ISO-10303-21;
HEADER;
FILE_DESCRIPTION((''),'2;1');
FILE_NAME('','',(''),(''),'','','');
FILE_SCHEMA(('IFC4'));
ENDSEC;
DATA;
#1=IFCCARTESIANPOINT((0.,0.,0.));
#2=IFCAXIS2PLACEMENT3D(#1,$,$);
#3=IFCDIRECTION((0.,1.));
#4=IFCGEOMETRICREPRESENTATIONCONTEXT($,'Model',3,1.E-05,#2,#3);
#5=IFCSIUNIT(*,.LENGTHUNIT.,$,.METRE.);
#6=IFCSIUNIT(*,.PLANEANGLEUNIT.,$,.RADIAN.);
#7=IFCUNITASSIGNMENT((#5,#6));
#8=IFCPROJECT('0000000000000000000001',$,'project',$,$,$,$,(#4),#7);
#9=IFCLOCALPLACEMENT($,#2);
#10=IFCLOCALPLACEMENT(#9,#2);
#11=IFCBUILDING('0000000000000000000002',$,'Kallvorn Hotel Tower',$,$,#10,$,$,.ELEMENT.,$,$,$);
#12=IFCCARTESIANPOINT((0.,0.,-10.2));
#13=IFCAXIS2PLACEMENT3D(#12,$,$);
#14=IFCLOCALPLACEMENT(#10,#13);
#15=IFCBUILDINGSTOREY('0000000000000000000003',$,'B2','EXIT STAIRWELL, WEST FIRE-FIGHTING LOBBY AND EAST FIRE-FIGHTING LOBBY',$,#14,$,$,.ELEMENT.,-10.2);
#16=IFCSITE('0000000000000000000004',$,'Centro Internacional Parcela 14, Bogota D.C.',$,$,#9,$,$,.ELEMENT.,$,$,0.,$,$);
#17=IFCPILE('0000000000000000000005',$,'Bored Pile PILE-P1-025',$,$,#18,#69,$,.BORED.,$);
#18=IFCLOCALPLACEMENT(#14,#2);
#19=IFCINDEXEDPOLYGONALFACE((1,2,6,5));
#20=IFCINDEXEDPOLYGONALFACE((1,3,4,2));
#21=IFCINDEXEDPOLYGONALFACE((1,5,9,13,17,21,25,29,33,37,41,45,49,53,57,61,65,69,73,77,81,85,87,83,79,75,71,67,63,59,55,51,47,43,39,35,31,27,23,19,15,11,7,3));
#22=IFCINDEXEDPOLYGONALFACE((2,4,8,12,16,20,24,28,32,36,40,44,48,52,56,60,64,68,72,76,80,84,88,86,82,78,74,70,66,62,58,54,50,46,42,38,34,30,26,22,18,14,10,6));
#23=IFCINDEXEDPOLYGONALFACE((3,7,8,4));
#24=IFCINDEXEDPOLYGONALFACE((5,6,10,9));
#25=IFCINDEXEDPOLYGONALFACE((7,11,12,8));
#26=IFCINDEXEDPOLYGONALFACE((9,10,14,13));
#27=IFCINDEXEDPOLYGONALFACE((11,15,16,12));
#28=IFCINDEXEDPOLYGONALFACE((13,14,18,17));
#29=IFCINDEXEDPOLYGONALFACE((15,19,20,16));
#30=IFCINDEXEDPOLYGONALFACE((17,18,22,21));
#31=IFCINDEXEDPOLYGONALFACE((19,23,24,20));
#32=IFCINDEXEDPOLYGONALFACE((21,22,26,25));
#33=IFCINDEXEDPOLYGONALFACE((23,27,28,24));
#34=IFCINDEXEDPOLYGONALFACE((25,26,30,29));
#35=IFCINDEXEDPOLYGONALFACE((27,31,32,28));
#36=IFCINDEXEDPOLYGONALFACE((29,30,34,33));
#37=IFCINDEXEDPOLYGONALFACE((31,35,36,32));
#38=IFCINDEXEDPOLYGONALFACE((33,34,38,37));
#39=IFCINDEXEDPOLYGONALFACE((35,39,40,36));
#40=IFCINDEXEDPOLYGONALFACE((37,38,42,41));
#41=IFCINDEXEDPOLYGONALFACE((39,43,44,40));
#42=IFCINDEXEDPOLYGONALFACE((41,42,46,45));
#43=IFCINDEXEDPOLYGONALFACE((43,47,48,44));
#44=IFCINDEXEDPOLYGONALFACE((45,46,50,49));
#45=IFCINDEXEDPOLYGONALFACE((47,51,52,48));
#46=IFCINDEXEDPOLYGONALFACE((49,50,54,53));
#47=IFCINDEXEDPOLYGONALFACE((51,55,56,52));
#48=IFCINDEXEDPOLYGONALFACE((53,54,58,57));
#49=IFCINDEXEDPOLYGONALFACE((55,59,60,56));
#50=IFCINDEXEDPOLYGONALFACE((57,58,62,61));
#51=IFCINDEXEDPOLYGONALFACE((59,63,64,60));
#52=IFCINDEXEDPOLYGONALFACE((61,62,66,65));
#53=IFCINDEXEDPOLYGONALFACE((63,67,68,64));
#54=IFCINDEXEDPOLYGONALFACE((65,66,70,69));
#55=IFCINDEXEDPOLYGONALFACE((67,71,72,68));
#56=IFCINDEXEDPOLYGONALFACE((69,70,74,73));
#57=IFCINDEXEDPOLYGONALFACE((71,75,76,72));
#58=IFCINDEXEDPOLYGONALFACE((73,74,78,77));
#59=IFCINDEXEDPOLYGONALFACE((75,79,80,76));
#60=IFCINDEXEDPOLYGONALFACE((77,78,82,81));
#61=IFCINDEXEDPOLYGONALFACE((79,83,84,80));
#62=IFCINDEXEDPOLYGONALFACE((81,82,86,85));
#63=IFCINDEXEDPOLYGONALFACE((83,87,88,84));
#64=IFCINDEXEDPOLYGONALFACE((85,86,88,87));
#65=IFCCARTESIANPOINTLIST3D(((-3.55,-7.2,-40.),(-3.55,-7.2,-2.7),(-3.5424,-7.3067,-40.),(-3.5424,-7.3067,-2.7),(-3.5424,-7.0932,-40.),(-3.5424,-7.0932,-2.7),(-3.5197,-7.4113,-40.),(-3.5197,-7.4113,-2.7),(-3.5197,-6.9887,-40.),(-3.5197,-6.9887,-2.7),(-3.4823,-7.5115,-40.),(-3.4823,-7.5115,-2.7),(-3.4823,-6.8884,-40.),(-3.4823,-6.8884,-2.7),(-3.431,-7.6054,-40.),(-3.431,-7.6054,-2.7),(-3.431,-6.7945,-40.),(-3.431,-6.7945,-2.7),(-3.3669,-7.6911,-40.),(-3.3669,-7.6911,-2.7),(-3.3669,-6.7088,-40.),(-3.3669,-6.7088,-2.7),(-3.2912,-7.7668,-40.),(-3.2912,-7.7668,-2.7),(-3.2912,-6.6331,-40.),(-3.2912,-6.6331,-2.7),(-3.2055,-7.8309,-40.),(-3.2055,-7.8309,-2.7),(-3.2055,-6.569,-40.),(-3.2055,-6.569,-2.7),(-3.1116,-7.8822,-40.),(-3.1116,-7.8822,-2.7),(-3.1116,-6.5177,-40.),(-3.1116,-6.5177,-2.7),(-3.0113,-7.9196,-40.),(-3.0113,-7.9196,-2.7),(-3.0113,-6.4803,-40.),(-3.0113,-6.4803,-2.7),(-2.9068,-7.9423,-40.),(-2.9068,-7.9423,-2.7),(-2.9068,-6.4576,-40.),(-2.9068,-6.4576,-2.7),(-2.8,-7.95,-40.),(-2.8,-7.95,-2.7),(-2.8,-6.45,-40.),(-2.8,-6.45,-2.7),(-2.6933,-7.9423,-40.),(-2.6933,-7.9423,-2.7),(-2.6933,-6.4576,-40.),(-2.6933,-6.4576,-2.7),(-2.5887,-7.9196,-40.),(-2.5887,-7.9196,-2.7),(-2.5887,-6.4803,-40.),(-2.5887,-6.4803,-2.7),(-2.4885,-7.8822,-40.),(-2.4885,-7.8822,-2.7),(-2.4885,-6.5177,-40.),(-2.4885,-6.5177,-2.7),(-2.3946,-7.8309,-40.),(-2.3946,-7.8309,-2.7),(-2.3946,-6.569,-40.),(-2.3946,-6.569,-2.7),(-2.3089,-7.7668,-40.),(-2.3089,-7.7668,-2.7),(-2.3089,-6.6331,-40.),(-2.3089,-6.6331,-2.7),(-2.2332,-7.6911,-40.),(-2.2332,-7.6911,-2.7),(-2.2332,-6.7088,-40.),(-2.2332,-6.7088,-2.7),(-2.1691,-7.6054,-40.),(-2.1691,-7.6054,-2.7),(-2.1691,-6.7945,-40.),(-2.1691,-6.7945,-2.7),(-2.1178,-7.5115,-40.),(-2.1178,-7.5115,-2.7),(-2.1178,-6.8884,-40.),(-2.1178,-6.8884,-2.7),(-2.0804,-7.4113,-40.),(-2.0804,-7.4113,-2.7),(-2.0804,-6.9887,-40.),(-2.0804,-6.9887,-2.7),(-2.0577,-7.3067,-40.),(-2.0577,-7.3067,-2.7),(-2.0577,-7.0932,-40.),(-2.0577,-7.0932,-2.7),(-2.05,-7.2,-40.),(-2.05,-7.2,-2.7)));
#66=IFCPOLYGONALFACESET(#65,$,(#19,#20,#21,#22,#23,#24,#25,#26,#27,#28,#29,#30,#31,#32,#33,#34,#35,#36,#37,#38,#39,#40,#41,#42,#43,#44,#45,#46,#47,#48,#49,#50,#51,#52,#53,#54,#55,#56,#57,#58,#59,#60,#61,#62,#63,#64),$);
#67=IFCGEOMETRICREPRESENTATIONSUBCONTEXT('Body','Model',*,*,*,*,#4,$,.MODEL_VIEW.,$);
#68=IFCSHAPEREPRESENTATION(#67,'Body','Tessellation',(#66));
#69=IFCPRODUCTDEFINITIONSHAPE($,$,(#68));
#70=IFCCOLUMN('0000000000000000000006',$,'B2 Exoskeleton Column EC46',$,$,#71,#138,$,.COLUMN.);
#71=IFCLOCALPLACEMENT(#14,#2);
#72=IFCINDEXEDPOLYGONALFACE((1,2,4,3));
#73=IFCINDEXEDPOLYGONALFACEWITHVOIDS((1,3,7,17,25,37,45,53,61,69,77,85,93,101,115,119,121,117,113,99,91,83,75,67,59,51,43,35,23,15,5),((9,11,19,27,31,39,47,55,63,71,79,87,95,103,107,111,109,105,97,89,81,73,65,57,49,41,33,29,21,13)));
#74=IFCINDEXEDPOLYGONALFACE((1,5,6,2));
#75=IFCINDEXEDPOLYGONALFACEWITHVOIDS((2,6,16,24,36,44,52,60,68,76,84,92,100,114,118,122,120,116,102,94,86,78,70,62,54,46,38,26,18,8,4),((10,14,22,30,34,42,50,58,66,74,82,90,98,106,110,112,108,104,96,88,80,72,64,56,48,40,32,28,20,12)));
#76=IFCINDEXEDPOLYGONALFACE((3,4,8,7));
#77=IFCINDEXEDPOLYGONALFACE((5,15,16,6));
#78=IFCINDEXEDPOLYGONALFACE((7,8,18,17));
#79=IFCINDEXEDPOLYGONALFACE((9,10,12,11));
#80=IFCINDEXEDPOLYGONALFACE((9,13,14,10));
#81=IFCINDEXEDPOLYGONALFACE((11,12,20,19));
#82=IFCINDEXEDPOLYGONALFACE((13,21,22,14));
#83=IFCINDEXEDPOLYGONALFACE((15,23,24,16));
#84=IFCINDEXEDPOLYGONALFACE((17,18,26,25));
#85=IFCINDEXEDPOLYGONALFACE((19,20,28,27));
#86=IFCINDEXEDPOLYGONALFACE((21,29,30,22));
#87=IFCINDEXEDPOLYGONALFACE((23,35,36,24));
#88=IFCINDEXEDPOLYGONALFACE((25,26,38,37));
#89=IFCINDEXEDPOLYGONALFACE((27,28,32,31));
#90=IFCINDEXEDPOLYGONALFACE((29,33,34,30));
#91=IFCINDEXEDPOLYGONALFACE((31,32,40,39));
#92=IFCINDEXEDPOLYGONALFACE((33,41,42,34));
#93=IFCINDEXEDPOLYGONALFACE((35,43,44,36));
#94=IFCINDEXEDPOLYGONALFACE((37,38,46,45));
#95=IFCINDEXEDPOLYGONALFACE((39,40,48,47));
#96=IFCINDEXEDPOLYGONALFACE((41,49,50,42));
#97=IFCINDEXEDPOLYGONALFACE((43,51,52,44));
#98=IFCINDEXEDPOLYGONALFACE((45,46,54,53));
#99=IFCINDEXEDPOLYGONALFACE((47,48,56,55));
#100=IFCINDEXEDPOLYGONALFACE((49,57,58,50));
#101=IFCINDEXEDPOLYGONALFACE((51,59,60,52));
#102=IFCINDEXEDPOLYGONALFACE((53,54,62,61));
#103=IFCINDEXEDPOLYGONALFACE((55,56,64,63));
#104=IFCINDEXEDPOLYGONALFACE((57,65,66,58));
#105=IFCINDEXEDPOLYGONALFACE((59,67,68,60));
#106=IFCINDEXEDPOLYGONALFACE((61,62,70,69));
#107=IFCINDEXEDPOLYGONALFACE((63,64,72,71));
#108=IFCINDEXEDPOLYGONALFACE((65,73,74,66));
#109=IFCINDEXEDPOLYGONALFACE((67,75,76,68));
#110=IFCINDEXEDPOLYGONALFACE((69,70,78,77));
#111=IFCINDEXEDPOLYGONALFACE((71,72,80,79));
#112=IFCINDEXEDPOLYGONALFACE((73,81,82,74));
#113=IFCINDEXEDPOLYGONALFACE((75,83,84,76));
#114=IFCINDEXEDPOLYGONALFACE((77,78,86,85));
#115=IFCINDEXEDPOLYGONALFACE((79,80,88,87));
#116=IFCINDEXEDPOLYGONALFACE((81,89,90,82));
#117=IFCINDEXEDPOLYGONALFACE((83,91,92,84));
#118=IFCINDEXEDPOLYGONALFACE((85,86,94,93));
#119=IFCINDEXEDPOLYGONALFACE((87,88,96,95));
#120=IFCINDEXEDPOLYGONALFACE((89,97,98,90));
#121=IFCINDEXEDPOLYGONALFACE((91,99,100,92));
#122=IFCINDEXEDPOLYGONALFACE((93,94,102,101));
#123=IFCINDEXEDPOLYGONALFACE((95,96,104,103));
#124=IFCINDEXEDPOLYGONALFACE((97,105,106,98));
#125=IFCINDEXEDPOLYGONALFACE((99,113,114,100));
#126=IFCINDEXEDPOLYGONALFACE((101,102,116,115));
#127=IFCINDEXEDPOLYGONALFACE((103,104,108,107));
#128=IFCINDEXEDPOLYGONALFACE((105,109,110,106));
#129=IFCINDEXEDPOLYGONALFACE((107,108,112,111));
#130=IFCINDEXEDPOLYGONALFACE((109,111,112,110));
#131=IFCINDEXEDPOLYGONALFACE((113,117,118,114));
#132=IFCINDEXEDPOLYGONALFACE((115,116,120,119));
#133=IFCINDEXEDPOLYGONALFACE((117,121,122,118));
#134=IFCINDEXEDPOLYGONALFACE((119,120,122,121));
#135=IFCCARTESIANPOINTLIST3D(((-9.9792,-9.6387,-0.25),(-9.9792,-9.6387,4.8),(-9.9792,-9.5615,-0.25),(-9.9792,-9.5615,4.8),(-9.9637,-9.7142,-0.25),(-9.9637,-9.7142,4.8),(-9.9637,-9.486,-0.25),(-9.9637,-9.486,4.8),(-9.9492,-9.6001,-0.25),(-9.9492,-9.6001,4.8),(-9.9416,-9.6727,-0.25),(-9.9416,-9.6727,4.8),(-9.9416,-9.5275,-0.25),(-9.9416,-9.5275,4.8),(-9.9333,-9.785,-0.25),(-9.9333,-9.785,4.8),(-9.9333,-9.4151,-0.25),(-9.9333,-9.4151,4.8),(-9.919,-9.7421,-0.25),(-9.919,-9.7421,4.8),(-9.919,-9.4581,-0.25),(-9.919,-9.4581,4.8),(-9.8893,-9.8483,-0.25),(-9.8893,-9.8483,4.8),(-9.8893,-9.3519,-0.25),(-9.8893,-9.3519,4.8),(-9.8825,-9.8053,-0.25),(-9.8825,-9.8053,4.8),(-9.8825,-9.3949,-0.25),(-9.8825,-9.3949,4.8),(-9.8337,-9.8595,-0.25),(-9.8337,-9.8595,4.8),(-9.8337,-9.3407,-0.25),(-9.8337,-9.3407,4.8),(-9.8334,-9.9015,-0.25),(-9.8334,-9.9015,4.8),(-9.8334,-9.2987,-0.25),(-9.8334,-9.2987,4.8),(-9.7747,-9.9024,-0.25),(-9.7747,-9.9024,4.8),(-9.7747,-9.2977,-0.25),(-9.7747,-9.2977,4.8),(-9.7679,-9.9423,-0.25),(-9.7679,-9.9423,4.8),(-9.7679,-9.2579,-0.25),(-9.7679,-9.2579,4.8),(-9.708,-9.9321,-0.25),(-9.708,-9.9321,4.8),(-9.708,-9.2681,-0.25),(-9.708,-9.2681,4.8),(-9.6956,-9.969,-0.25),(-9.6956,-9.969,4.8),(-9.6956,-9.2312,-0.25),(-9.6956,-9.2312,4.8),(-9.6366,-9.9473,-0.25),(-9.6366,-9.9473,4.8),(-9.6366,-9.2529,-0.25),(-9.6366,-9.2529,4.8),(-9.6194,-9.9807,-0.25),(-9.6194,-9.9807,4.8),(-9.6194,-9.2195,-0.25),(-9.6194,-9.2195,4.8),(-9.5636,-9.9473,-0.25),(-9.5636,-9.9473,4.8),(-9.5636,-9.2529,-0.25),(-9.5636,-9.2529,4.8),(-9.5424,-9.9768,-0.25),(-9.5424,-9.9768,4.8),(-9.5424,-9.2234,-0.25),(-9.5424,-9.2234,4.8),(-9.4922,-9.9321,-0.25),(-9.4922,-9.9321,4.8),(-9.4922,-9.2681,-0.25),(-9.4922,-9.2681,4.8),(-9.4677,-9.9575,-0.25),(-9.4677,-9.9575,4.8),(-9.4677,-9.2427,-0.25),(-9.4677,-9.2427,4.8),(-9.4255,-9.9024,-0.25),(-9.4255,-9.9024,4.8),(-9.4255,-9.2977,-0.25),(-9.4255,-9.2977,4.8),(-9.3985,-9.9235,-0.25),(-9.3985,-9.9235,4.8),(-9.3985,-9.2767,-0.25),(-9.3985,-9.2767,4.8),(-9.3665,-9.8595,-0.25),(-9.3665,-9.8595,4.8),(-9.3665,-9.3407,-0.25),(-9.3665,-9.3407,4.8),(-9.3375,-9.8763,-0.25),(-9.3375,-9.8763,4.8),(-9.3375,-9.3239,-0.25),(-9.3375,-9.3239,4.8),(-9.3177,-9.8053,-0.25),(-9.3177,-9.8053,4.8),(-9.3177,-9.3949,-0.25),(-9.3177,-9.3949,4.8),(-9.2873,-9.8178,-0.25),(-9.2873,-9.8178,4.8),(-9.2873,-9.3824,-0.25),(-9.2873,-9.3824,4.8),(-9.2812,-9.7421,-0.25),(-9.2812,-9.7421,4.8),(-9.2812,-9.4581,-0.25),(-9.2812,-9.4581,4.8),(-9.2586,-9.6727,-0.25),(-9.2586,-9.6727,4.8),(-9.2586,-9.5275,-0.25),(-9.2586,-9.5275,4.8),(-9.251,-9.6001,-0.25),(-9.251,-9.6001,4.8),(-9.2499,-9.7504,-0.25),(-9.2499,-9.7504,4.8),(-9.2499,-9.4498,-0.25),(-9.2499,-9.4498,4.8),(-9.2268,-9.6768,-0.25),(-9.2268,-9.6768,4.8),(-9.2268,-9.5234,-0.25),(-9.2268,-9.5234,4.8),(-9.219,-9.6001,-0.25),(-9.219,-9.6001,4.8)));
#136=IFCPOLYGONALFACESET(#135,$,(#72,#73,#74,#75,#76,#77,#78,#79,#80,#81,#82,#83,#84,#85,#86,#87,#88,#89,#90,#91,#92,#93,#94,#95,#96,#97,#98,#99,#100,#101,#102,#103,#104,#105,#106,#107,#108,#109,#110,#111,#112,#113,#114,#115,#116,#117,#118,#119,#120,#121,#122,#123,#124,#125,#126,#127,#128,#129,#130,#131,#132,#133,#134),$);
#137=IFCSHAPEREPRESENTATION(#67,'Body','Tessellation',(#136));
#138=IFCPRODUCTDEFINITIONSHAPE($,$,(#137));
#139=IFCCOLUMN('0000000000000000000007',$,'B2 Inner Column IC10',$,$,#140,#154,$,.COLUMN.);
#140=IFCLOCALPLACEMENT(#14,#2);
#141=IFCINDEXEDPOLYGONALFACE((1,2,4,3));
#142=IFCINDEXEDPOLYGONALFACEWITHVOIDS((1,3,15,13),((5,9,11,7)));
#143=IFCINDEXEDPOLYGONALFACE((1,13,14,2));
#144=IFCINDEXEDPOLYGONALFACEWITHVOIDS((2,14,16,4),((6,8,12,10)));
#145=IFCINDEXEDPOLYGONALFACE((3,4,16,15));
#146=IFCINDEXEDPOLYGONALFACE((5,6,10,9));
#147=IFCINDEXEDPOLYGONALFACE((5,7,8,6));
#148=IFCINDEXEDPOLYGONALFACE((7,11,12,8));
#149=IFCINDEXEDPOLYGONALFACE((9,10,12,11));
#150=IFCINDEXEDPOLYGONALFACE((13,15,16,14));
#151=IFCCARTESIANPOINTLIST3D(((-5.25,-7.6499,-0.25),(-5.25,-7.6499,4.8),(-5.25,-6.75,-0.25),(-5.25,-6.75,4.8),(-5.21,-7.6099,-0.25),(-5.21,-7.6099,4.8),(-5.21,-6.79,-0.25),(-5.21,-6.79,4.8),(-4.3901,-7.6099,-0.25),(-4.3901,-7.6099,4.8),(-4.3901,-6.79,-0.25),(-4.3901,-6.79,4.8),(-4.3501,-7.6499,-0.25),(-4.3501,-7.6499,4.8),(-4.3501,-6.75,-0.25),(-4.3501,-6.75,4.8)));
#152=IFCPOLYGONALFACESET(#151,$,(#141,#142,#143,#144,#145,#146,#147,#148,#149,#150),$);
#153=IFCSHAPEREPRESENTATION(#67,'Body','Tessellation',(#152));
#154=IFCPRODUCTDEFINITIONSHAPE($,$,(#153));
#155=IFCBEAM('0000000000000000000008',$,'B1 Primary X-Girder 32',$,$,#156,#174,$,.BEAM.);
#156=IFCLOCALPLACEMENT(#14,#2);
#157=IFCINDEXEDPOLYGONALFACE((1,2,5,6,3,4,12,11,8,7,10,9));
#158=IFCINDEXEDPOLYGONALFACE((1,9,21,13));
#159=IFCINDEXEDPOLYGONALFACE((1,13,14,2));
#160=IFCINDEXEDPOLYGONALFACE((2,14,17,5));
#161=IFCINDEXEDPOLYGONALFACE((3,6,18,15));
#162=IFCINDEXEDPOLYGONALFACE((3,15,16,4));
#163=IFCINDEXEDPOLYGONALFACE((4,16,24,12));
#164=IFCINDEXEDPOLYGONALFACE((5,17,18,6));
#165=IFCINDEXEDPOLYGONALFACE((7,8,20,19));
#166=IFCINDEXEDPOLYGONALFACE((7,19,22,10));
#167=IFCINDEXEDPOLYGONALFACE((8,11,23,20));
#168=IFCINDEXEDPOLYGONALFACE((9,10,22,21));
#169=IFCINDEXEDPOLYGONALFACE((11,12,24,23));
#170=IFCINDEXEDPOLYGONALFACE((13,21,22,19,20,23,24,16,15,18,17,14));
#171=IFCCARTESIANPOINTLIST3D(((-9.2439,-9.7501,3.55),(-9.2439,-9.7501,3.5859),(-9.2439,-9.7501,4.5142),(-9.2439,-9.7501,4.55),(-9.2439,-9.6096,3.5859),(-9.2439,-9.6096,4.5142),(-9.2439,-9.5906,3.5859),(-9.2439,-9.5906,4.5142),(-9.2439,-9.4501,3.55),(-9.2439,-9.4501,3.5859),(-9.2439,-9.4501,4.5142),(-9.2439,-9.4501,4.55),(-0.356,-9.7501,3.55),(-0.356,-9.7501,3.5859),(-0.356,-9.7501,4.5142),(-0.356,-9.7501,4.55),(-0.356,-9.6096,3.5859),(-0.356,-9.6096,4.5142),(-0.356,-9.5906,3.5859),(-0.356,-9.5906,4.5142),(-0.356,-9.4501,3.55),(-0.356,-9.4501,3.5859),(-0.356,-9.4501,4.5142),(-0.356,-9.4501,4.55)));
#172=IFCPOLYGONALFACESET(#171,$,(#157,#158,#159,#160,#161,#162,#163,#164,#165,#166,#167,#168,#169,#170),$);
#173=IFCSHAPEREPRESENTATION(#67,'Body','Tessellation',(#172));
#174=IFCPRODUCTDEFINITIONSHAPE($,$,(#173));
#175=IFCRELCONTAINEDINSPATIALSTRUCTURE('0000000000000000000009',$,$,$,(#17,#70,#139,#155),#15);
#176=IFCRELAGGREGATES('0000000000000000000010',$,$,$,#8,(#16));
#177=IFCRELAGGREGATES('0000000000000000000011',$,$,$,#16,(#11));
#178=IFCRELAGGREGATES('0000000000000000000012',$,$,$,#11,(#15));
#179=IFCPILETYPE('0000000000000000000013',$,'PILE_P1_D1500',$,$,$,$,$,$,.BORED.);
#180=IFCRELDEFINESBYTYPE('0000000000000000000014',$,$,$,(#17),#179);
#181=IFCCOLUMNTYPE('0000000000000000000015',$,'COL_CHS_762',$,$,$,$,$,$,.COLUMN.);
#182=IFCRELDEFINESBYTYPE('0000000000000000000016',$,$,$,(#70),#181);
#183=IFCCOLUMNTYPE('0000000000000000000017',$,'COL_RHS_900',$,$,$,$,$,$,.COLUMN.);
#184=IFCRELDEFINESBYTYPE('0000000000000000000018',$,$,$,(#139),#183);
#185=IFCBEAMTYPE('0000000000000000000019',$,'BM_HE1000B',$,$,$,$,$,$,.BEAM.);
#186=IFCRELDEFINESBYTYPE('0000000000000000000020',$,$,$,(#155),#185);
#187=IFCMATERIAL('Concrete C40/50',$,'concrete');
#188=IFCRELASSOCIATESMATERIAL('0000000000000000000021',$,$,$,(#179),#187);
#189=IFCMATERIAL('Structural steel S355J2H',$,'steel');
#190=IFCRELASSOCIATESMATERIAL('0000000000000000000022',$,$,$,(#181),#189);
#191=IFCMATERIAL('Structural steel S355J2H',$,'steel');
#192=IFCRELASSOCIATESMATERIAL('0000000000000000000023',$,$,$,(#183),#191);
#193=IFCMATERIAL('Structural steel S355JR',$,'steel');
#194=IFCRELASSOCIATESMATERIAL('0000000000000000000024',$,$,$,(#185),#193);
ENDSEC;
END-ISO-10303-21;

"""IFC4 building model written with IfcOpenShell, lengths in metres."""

from ifc_helpers import new_model, si_unit, direction, frame, origin, origin_2d, place, context, subcontext, project, spatial, hollow_rectangle, circle, hollow_circle, i_section, extrude, material, material_profile, profile_set, type_object, element, save


model = new_model("IFC4")

# Units and contexts
model_context = context("Model", 3, precision=1e-05, world=origin(), true_north=direction((0.0, 1.0)))
body_context = subcontext(model_context, "Body", "Model", "MODEL_VIEW")
ifc_project = project(units=[si_unit("LENGTHUNIT", "METRE"), si_unit("PLANEANGLEUNIT", "RADIAN")], contexts=[model_context])

# Site, building, storey
site_placement = place(None, origin())
site = spatial("IfcSite", under=ifc_project, at=site_placement, Name="Centro Internacional Parcela 14, Bogota D.C.", CompositionType="ELEMENT", RefElevation=0.0)
building_placement = place(site_placement, origin())
building = spatial("IfcBuilding", under=site, at=building_placement, Name="Kallvorn Hotel Tower", CompositionType="ELEMENT")
storey_placement = place(building_placement, frame((0.0, 0.0, -10.2)))
storey = spatial("IfcBuildingStorey", under=building, at=storey_placement, Name="B2", Description="EXIT STAIRWELL, WEST FIRE-FIGHTING LOBBY AND EAST FIRE-FIGHTING LOBBY", CompositionType="ELEMENT", Elevation=-10.2)

# Pile
ifc_material_1 = material(Name="Concrete C40/50", Category="concrete")
ifc_material_profile_1 = material_profile(ifc_material_1, circle(Radius=0.75, at=origin_2d()), Name="PILE D1500")
ifc_profile_set_1 = profile_set([ifc_material_profile_1], Name="Concrete C40/50")
pile_type = type_object("IfcPileType", Name="PILE_P1_D1500", PredefinedType="BORED", material=ifc_profile_set_1)
for number, where, z_axis, x_axis, name in (
    (1, (-2.8, -7.2, -2.7), (0.0, 0.0, -1.0), (1.0, 0.0, 0.0), "Bored Pile PILE-P1-025"),
):
    element("IfcPile", number, at=place(storey_placement, frame(where, z_axis=z_axis, x_axis=x_axis)), inside=storey, type_object=pile_type, Name=name, PredefinedType="BORED", context=body_context, shape_type="SweptSolid", body=[
        extrude(circle(Radius=0.75, at=origin_2d()), origin(), (0.0, 0.0, 1.0), 37.3),
    ])

# Columns
ifc_material_2 = material(Name="Structural steel S355J2H", Category="steel")
ifc_material_profile_2 = material_profile(ifc_material_2, hollow_circle(Radius=0.3811, WallThickness=0.032, at=origin_2d()), Name="CHS 762x32")
ifc_profile_set_2 = profile_set([ifc_material_profile_2], Name="Structural steel S355J2H")
column_type_1 = type_object("IfcColumnType", Name="COL_CHS_762", PredefinedType="COLUMN", material=ifc_profile_set_2)
column_1_placement = place(storey_placement, frame((-9.6001, -9.6001, -0.25), z_axis=(0.0, 0.0, 1.0), x_axis=(1.0, 0.0, 0.0)))
element("IfcColumn", 2, at=column_1_placement, inside=storey, type_object=column_type_1, Name="B2 Exoskeleton Column EC46", PredefinedType="COLUMN", context=body_context, shape_type="SweptSolid", body=[
    extrude(hollow_circle(Radius=0.3811, WallThickness=0.032, at=origin_2d()), origin(), (0.0, 0.0, 1.0), 5.05),
])
ifc_material_3 = material(Name="Structural steel S355J2H", Category="steel")
ifc_material_profile_3 = material_profile(ifc_material_3, hollow_rectangle(XDim=0.8999, YDim=0.8999, WallThickness=0.04, at=origin_2d()), Name="RHS 900x900x40")
ifc_profile_set_3 = profile_set([ifc_material_profile_3], Name="Structural steel S355J2H")
column_type_2 = type_object("IfcColumnType", Name="COL_RHS_900", PredefinedType="COLUMN", material=ifc_profile_set_3)
column_2_placement = place(storey_placement, frame((-4.8, -7.2, -0.25), z_axis=(0.0, 0.0, 1.0), x_axis=(1.0, 0.0, 0.0)))
element("IfcColumn", 3, at=column_2_placement, inside=storey, type_object=column_type_2, Name="B2 Inner Column IC10", PredefinedType="COLUMN", context=body_context, shape_type="SweptSolid", body=[
    extrude(hollow_rectangle(XDim=0.8999, YDim=0.8999, WallThickness=0.04, at=origin_2d()), origin(), (0.0, 0.0, 1.0), 5.05),
])

# Beam
ifc_material_4 = material(Name="Structural steel S355JR", Category="steel")
ifc_material_profile_4 = material_profile(ifc_material_4, i_section(OverallWidth=0.3, OverallDepth=1.0, WebThickness=0.019, FlangeThickness=0.0359, at=origin_2d()), Name="HE 1000 B")
ifc_profile_set_4 = profile_set([ifc_material_profile_4], Name="Structural steel S355JR")
beam_type_1 = type_object("IfcBeamType", Name="BM_HE1000B", PredefinedType="BEAM", material=ifc_profile_set_4)
beam_1_placement = place(storey_placement, frame((-9.2439, -9.6001, 4.05), z_axis=(1.0, 0.0, 0.0), x_axis=(0.0, 1.0, 0.0)))
element("IfcBeam", 4, at=beam_1_placement, inside=storey, type_object=beam_type_1, Name="B1 Primary X-Girder 32", PredefinedType="BEAM", context=body_context, shape_type="SweptSolid", body=[
    extrude(i_section(OverallWidth=0.3, OverallDepth=1.0, WebThickness=0.019, FlangeThickness=0.0359, at=origin_2d()), origin(), (0.0, 0.0, 1.0), 8.8879),
])

save(model, "model.ifc")
